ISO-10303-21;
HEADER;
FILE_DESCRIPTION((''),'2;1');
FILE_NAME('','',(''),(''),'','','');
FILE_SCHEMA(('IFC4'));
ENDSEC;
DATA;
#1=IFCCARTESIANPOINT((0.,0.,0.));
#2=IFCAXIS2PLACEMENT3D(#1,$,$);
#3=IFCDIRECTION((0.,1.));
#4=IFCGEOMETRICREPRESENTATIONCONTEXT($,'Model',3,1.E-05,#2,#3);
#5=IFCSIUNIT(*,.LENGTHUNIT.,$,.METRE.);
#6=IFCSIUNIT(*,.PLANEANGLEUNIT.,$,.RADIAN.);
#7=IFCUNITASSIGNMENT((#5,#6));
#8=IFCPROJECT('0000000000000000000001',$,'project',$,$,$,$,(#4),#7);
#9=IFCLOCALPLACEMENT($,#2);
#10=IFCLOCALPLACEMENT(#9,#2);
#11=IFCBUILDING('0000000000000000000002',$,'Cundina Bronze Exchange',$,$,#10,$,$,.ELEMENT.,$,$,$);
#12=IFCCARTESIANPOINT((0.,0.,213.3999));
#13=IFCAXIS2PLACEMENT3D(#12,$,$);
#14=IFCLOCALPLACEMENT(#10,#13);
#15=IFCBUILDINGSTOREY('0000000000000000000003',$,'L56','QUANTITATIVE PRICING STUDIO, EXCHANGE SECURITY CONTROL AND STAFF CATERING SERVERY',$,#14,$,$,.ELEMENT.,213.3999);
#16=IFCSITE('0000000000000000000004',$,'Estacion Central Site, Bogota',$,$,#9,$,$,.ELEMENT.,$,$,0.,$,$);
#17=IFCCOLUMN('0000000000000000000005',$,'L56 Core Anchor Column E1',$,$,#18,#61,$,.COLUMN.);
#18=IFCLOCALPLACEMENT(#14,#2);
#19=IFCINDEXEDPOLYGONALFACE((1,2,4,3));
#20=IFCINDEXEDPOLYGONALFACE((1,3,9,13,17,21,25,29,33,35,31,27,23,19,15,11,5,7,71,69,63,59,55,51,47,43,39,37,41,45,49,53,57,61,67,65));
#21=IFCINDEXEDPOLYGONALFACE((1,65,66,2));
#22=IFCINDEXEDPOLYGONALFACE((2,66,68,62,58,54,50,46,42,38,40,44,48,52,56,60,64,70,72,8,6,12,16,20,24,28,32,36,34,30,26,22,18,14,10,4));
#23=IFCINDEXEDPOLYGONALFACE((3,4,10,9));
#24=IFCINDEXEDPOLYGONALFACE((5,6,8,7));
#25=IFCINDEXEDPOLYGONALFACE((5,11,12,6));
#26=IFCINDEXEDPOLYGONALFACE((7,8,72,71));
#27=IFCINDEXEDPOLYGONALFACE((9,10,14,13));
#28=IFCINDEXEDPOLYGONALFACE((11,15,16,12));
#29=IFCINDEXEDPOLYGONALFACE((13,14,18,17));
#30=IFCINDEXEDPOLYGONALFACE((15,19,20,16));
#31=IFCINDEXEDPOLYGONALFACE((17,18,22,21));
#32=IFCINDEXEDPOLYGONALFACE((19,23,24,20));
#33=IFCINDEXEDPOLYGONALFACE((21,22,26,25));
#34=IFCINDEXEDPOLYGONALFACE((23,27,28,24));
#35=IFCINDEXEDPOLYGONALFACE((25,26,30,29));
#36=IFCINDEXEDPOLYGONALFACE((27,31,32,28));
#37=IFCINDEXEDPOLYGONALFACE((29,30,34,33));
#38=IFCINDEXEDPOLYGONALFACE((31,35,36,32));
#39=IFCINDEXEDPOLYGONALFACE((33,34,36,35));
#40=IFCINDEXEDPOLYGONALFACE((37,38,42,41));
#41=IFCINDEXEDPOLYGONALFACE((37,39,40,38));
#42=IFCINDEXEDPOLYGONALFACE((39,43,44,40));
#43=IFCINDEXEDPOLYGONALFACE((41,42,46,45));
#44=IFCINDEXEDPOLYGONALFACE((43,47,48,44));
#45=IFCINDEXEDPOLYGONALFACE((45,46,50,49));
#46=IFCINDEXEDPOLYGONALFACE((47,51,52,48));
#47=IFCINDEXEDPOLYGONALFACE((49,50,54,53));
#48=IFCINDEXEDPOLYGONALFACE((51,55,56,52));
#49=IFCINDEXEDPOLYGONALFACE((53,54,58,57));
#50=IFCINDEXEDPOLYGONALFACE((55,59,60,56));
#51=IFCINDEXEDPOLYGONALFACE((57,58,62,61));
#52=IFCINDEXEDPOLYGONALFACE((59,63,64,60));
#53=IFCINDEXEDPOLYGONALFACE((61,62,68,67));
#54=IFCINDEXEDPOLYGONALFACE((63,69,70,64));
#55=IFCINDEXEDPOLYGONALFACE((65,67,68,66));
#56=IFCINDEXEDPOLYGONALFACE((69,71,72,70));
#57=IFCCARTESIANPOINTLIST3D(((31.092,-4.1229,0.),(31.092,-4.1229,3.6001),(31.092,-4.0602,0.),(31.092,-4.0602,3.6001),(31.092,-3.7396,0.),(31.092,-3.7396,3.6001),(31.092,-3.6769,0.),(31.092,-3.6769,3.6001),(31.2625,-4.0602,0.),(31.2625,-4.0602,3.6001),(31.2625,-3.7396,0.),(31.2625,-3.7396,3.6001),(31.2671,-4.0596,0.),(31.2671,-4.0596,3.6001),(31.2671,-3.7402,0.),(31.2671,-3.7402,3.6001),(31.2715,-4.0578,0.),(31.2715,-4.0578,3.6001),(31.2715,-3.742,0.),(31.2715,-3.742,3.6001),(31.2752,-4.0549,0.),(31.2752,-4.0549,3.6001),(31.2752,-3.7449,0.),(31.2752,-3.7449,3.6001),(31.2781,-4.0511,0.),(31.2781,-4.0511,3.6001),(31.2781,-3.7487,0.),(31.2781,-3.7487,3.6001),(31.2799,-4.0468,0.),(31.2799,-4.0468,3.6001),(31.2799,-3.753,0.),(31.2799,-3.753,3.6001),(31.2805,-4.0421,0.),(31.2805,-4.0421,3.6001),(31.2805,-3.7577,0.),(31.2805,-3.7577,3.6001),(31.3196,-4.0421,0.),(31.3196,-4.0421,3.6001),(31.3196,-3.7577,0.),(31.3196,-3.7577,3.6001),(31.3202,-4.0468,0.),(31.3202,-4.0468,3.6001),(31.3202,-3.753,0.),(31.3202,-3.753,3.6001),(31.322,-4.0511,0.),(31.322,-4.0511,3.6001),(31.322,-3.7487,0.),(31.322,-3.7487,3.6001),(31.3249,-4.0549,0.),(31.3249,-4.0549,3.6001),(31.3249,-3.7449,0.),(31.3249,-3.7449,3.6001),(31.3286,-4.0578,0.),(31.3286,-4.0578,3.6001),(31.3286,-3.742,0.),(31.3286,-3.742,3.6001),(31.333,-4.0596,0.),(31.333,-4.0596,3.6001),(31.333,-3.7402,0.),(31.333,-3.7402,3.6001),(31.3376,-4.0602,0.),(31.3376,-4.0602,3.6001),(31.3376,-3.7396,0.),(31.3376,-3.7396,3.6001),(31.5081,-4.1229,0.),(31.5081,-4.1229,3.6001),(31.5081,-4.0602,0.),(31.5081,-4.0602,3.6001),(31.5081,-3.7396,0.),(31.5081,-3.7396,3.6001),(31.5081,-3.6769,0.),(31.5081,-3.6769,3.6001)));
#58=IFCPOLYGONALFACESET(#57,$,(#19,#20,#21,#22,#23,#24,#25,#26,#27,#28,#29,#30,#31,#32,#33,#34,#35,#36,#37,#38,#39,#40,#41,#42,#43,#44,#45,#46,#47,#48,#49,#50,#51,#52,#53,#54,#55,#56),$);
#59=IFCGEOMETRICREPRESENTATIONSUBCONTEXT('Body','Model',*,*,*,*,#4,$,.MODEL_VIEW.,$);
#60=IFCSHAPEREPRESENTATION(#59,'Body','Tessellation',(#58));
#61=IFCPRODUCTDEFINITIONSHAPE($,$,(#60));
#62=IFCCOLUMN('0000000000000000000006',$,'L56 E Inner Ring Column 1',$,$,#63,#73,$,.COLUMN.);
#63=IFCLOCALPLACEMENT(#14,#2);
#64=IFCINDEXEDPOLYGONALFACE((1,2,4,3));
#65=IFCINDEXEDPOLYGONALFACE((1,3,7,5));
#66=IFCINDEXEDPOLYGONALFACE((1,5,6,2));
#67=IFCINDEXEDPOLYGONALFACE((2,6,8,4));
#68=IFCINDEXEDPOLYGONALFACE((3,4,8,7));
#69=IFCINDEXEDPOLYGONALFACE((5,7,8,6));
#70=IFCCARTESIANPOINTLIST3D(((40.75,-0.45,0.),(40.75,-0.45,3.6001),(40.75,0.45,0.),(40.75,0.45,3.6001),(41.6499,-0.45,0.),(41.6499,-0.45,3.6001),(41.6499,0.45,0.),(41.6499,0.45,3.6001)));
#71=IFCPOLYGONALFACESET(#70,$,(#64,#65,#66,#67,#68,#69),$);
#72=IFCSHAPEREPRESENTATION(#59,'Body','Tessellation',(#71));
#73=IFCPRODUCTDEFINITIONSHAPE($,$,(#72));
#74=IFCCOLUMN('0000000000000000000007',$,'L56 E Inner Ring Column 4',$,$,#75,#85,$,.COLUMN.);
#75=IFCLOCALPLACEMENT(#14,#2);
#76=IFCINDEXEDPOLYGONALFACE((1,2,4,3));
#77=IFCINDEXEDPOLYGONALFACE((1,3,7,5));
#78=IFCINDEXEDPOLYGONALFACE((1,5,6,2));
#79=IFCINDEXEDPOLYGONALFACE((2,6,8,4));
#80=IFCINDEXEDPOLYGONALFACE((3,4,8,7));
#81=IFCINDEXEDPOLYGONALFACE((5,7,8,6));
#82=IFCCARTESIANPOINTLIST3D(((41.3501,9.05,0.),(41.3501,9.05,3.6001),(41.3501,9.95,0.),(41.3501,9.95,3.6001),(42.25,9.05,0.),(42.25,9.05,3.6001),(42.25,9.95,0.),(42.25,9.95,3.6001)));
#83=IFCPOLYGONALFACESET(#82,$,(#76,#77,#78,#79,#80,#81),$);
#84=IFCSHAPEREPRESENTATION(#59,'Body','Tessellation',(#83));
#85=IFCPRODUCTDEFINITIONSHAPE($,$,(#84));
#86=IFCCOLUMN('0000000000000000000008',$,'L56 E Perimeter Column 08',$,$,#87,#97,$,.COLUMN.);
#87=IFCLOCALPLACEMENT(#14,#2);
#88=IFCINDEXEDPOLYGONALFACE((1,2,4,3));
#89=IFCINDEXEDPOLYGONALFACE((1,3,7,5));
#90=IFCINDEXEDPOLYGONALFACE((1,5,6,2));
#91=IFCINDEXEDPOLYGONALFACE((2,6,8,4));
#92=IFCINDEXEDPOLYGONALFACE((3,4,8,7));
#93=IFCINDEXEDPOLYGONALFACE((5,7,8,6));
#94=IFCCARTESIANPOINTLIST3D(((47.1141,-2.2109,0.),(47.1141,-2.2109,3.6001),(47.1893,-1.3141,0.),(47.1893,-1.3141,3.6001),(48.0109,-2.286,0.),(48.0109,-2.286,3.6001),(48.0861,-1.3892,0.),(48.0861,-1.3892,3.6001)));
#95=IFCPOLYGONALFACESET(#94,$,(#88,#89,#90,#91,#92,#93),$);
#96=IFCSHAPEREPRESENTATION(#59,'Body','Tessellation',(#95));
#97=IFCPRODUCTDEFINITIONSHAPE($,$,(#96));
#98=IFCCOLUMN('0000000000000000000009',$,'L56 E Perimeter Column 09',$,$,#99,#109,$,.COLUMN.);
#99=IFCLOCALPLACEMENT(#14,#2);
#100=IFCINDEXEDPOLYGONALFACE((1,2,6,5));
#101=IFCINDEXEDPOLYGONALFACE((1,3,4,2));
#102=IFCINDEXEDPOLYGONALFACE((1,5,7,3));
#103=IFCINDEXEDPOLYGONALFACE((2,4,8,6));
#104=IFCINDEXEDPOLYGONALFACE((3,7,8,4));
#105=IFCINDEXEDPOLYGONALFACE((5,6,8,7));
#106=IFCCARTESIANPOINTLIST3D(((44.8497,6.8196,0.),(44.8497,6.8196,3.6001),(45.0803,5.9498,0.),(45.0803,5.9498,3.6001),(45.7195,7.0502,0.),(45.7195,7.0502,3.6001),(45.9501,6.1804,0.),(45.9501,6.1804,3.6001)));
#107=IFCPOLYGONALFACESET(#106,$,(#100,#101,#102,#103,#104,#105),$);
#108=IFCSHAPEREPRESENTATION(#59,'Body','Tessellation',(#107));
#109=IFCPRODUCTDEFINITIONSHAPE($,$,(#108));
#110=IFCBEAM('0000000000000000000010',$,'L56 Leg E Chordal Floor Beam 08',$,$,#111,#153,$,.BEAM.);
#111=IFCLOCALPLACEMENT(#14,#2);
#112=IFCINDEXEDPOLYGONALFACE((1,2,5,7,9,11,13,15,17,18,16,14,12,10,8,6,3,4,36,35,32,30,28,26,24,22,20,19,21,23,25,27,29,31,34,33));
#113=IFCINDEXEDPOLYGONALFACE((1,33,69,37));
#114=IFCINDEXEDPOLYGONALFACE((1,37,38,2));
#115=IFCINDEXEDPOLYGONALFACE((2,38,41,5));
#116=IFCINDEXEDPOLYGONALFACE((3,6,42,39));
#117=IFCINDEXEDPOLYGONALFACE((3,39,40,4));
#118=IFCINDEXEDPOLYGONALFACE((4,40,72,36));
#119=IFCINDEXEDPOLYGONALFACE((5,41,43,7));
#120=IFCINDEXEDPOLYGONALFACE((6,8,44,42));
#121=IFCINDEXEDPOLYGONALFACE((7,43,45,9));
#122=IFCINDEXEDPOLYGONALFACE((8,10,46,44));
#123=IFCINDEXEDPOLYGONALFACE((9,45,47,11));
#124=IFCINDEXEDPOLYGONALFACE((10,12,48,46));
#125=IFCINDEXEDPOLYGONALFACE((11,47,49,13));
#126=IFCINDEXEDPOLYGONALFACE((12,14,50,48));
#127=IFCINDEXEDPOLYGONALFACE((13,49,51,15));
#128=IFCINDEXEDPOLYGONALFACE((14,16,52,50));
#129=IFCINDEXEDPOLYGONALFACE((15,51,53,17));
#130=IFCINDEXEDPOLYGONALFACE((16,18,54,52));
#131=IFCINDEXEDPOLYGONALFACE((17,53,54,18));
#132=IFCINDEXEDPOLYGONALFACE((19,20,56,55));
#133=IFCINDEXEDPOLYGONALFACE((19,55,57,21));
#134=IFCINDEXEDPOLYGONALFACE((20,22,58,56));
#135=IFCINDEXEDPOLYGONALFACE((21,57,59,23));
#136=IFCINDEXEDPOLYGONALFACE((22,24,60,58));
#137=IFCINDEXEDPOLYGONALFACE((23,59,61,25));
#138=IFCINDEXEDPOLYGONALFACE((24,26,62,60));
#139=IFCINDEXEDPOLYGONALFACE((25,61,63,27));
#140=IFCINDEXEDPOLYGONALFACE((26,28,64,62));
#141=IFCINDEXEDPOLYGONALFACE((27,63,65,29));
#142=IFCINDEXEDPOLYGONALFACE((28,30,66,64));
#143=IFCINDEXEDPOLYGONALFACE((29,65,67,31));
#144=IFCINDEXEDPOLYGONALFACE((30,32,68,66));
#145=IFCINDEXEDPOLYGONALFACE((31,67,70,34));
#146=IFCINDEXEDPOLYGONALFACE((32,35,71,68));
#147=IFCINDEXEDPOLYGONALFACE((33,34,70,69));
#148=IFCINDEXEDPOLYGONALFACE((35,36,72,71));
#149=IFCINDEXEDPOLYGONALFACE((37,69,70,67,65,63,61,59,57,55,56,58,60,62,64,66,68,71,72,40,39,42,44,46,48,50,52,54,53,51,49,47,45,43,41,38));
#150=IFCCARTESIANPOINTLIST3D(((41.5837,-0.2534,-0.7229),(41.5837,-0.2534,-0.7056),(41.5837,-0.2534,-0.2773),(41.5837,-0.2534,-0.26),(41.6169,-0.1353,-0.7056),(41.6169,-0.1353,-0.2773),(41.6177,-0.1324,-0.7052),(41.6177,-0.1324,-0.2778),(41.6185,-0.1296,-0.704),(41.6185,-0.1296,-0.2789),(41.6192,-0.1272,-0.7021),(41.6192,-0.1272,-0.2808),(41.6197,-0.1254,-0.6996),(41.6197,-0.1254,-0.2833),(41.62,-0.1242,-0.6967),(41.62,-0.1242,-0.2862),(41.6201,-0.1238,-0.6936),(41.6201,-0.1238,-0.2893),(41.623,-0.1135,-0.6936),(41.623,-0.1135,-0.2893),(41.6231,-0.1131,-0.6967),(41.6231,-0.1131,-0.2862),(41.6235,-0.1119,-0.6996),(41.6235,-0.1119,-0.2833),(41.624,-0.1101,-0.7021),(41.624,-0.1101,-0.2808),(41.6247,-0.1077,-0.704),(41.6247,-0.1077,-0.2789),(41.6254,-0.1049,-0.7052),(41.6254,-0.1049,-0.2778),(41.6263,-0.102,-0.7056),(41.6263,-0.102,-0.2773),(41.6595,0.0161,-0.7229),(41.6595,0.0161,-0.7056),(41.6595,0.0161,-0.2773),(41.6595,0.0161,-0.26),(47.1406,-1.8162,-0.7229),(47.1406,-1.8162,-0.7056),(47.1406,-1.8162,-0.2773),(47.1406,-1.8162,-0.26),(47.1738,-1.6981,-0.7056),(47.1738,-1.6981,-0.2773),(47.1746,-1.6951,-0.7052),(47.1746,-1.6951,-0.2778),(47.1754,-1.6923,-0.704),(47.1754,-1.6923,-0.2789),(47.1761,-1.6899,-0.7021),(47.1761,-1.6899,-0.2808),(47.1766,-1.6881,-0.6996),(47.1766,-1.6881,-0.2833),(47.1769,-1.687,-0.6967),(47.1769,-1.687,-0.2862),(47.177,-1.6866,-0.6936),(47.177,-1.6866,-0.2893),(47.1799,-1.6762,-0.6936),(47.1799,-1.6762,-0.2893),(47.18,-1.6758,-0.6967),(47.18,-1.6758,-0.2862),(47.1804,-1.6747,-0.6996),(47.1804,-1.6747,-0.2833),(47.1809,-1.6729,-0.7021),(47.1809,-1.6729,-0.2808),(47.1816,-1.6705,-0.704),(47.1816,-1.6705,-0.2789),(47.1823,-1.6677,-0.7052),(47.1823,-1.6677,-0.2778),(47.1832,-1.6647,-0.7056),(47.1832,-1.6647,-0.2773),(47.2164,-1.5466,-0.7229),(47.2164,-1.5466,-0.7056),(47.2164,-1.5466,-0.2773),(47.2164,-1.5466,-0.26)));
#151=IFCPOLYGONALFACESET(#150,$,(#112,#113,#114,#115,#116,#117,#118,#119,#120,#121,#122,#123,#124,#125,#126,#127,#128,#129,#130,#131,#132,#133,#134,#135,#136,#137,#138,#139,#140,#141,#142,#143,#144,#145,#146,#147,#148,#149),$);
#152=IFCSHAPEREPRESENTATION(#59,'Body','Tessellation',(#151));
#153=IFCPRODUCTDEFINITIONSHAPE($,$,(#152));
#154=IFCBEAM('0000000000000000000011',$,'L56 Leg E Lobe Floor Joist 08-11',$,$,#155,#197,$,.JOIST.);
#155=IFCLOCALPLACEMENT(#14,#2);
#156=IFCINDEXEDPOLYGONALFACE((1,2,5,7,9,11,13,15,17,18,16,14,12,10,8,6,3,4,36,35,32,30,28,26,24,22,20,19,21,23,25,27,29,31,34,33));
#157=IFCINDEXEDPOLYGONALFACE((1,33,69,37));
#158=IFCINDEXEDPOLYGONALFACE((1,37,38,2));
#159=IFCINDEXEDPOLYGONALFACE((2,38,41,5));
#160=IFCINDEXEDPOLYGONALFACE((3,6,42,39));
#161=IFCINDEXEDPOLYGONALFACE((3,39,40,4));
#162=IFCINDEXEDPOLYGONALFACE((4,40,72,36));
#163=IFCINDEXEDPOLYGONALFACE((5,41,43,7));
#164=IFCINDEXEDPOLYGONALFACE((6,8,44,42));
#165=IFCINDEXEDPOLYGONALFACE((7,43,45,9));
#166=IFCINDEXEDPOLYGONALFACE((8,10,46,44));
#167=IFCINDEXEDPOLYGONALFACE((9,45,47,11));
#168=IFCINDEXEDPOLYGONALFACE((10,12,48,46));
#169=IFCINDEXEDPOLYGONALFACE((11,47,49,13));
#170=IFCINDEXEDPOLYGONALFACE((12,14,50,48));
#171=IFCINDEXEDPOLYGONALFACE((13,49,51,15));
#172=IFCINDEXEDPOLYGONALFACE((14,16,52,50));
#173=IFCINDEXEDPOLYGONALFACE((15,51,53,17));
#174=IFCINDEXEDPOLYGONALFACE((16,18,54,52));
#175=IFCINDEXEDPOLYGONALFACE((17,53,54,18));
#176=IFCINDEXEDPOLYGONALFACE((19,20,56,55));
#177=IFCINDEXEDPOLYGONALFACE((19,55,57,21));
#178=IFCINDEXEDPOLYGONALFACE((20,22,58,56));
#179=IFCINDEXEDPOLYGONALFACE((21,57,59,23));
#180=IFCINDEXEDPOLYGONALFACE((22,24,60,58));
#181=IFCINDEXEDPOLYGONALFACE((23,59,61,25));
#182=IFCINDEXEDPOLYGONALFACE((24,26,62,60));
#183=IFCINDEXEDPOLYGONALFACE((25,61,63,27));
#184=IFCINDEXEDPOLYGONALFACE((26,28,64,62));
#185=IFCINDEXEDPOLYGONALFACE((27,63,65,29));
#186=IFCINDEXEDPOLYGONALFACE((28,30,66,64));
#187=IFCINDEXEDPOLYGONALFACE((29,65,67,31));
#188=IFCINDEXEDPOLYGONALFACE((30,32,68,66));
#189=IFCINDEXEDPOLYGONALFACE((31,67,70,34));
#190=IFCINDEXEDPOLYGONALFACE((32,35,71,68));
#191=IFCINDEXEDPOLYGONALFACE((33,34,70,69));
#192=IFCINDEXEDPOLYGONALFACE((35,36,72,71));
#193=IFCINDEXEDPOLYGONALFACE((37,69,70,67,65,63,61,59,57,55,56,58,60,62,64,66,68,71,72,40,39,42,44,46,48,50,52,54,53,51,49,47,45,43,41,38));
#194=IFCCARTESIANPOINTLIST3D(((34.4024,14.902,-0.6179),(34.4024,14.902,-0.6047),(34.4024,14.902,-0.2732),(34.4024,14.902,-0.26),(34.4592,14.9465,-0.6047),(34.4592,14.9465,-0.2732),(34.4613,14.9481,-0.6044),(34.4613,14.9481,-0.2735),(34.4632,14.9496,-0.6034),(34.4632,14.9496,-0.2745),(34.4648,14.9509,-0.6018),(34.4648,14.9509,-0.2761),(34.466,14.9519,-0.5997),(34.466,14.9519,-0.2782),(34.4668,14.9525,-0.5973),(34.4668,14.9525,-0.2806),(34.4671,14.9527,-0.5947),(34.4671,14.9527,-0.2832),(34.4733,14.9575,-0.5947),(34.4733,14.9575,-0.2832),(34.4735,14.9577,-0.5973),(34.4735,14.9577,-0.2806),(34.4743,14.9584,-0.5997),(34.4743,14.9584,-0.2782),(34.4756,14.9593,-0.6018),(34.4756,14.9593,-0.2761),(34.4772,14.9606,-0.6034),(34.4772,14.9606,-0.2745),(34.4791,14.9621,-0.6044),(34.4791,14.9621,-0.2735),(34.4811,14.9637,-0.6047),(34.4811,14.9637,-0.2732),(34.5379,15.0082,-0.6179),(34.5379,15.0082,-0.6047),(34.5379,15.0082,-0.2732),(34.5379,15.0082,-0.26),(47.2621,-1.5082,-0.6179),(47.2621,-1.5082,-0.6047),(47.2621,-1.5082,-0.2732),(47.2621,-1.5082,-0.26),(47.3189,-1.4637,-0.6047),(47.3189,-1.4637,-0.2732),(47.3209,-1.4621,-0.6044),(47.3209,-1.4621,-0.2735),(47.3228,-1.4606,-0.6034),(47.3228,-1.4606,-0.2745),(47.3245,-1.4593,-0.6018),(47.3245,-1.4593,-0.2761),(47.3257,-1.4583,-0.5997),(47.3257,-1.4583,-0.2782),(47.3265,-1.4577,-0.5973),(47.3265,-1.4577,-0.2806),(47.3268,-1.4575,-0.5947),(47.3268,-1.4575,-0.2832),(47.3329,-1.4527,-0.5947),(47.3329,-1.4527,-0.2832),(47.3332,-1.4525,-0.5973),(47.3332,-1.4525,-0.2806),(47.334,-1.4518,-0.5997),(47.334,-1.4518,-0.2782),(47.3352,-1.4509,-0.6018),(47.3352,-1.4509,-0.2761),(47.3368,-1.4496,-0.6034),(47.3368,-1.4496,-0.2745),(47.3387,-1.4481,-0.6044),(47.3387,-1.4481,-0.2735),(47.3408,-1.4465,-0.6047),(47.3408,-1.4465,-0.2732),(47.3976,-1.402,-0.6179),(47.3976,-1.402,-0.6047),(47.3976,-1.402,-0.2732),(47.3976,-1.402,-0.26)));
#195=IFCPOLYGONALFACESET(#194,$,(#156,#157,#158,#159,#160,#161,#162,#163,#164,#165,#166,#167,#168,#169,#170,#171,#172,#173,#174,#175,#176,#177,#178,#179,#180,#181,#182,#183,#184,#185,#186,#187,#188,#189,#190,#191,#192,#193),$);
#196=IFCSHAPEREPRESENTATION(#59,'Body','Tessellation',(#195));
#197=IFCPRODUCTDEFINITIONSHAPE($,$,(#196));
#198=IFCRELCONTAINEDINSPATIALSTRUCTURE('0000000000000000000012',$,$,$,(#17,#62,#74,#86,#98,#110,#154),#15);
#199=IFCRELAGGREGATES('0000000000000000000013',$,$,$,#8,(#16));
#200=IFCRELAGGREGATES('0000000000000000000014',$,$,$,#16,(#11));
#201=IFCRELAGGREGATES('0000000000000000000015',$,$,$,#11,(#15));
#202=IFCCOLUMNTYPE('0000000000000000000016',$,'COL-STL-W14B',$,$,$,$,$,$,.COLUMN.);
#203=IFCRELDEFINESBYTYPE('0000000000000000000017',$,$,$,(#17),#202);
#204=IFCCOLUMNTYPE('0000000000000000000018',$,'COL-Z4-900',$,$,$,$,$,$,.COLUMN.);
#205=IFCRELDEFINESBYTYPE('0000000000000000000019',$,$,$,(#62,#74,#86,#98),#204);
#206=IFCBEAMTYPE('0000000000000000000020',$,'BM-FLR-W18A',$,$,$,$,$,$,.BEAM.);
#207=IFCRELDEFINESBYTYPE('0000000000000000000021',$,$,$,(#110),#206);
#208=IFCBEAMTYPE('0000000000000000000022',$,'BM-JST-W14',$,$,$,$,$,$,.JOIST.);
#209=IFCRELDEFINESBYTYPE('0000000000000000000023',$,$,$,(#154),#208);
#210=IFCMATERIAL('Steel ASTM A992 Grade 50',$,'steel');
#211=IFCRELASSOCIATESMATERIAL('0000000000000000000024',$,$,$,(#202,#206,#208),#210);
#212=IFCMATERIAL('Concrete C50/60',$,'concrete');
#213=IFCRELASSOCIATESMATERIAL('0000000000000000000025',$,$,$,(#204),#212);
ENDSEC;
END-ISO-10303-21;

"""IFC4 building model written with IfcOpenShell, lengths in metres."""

from ifc_helpers import new_model, si_unit, direction, frame, origin, origin_2d, place, context, subcontext, project, spatial, rectangle, i_section, extrude, material, material_profile, profile_set, type_object, element, save


model = new_model("IFC4")

# Units and contexts
model_context = context("Model", 3, precision=1e-05, world=origin(), true_north=direction((0.0, 1.0)))
body_context = subcontext(model_context, "Body", "Model", "MODEL_VIEW")
ifc_project = project(units=[si_unit("LENGTHUNIT", "METRE"), si_unit("PLANEANGLEUNIT", "RADIAN")], contexts=[model_context])

# Site, building, storey
site_placement = place(None, origin())
site = spatial("IfcSite", under=ifc_project, at=site_placement, Name="Estacion Central Site, Bogota", CompositionType="ELEMENT", RefElevation=0.0)
building_placement = place(site_placement, origin())
building = spatial("IfcBuilding", under=site, at=building_placement, Name="Cundina Bronze Exchange", CompositionType="ELEMENT")
storey_placement = place(building_placement, frame((0.0, 0.0, 213.3999)))
storey = spatial("IfcBuildingStorey", under=building, at=storey_placement, Name="L56", Description="QUANTITATIVE PRICING STUDIO, EXCHANGE SECURITY CONTROL AND STAFF CATERING SERVERY", CompositionType="ELEMENT", Elevation=213.3999)

# Columns
ifc_material_1 = material(Name="Steel ASTM A992 Grade 50", Category="steel")
ifc_material_profile_1 = material_profile(ifc_material_1, i_section(OverallWidth=0.416, OverallDepth=0.446, WebThickness=0.0391, FlangeThickness=0.0627, FilletRadius=0.0181, at=origin_2d()), Name="W14X342", Category="steel")
ifc_profile_set_1 = profile_set([ifc_material_profile_1], Name="Steel ASTM A992 Grade 50")
column_type_1 = type_object("IfcColumnType", Name="COL-STL-W14B", PredefinedType="COLUMN", material=ifc_profile_set_1)
column_placement = place(storey_placement, frame((31.3, -3.8999, 0.0), z_axis=(0.0, 0.0, 1.0), x_axis=(1.0, 0.0, 0.0)))
element("IfcColumn", 1, at=column_placement, inside=storey, type_object=column_type_1, Name="L56 Core Anchor Column E1", PredefinedType="COLUMN", context=body_context, shape_type="SweptSolid", body=[
    extrude(i_section(OverallWidth=0.416, OverallDepth=0.446, WebThickness=0.0391, FlangeThickness=0.0627, FilletRadius=0.0181, at=origin_2d()), origin(), (0.0, 0.0, 1.0), 3.6001),
])
ifc_material_2 = material(Name="Concrete C50/60", Category="concrete")
ifc_material_profile_2 = material_profile(ifc_material_2, rectangle(XDim=0.8999, YDim=0.8999, at=origin_2d()), Name="RC900X900", Category="concrete")
ifc_profile_set_2 = profile_set([ifc_material_profile_2], Name="Concrete C50/60")
column_type_2 = type_object("IfcColumnType", Name="COL-Z4-900", PredefinedType="COLUMN", material=ifc_profile_set_2)
for number, where, z_axis, x_axis, name in (
    (2, (41.2, 0.0, 0.0), (0.0, 0.0, 1.0), (1.0, 0.0, 0.0), "L56 E Inner Ring Column 1"),
    (3, (41.8, 9.5, 0.0), (0.0, 0.0, 1.0), (1.0, 0.0, 0.0), "L56 E Inner Ring Column 4"),
    (4, (47.6001, -1.8, 0.0), (0.0, 0.0, 1.0), (0.083504, 0.996507, 0.0), "L56 E Perimeter Column 08"),
    (5, (45.3999, 6.5, 0.0), (0.0, 0.0, 1.0), (-0.256289, 0.9666, 0.0), "L56 E Perimeter Column 09"),
):
    element("IfcColumn", number, at=place(storey_placement, frame(where, z_axis=z_axis, x_axis=x_axis)), inside=storey, type_object=column_type_2, Name=name, PredefinedType="COLUMN", context=body_context, shape_type="SweptSolid", body=[
        extrude(rectangle(XDim=0.8999, YDim=0.8999, at=origin_2d()), origin(), (0.0, 0.0, 1.0), 3.6001),
    ])

# Beams
ifc_material_profile_3 = material_profile(ifc_material_1, i_section(OverallWidth=0.28, OverallDepth=0.4629, WebThickness=0.0107, FlangeThickness=0.0173, FilletRadius=0.012, at=origin_2d()), Name="W18X76", Category="steel")
ifc_profile_set_3 = profile_set([ifc_material_profile_3], Name="Steel ASTM A992 Grade 50")
beam_type_1 = type_object("IfcBeamType", Name="BM-FLR-W18A", PredefinedType="BEAM", material=ifc_profile_set_3)
beam_1_placement = place(storey_placement, frame((41.6216, -0.1187, -0.4915), z_axis=(0.962657, -0.270725, 0.0), x_axis=(0.270725, 0.962657, 0.0)))
element("IfcBeam", 6, at=beam_1_placement, inside=storey, type_object=beam_type_1, Name="L56 Leg E Chordal Floor Beam 08", PredefinedType="BEAM", context=body_context, shape_type="SweptSolid", body=[
    extrude(i_section(OverallWidth=0.28, OverallDepth=0.4629, WebThickness=0.0107, FlangeThickness=0.0173, FilletRadius=0.012, at=origin_2d()), origin(), (0.0, 0.0, 1.0), 5.7725),
])
ifc_material_profile_4 = material_profile(ifc_material_1, i_section(OverallWidth=0.1721, OverallDepth=0.3579, WebThickness=0.0078, FlangeThickness=0.0132, FilletRadius=0.01, at=origin_2d()), Name="W14X38", Category="steel")
ifc_profile_set_4 = profile_set([ifc_material_profile_4], Name="Steel ASTM A992 Grade 50")
beam_type_2 = type_object("IfcBeamType", Name="BM-JST-W14", PredefinedType="JOIST", material=ifc_profile_set_4)
beam_2_placement = place(storey_placement, frame((47.3298, -1.4551, -0.439), z_axis=(-0.61681, 0.787112, 0.0), x_axis=(-0.787112, -0.61681, 0.0)))
element("IfcBeam", 7, at=beam_2_placement, inside=storey, type_object=beam_type_2, Name="L56 Leg E Lobe Floor Joist 08-11", PredefinedType="JOIST", context=body_context, shape_type="SweptSolid", body=[
    extrude(i_section(OverallWidth=0.1721, OverallDepth=0.3579, WebThickness=0.0078, FlangeThickness=0.0132, FilletRadius=0.01, at=origin_2d()), origin(), (0.0, 0.0, 1.0), 20.8486),
])

save(model, "model.ifc")
